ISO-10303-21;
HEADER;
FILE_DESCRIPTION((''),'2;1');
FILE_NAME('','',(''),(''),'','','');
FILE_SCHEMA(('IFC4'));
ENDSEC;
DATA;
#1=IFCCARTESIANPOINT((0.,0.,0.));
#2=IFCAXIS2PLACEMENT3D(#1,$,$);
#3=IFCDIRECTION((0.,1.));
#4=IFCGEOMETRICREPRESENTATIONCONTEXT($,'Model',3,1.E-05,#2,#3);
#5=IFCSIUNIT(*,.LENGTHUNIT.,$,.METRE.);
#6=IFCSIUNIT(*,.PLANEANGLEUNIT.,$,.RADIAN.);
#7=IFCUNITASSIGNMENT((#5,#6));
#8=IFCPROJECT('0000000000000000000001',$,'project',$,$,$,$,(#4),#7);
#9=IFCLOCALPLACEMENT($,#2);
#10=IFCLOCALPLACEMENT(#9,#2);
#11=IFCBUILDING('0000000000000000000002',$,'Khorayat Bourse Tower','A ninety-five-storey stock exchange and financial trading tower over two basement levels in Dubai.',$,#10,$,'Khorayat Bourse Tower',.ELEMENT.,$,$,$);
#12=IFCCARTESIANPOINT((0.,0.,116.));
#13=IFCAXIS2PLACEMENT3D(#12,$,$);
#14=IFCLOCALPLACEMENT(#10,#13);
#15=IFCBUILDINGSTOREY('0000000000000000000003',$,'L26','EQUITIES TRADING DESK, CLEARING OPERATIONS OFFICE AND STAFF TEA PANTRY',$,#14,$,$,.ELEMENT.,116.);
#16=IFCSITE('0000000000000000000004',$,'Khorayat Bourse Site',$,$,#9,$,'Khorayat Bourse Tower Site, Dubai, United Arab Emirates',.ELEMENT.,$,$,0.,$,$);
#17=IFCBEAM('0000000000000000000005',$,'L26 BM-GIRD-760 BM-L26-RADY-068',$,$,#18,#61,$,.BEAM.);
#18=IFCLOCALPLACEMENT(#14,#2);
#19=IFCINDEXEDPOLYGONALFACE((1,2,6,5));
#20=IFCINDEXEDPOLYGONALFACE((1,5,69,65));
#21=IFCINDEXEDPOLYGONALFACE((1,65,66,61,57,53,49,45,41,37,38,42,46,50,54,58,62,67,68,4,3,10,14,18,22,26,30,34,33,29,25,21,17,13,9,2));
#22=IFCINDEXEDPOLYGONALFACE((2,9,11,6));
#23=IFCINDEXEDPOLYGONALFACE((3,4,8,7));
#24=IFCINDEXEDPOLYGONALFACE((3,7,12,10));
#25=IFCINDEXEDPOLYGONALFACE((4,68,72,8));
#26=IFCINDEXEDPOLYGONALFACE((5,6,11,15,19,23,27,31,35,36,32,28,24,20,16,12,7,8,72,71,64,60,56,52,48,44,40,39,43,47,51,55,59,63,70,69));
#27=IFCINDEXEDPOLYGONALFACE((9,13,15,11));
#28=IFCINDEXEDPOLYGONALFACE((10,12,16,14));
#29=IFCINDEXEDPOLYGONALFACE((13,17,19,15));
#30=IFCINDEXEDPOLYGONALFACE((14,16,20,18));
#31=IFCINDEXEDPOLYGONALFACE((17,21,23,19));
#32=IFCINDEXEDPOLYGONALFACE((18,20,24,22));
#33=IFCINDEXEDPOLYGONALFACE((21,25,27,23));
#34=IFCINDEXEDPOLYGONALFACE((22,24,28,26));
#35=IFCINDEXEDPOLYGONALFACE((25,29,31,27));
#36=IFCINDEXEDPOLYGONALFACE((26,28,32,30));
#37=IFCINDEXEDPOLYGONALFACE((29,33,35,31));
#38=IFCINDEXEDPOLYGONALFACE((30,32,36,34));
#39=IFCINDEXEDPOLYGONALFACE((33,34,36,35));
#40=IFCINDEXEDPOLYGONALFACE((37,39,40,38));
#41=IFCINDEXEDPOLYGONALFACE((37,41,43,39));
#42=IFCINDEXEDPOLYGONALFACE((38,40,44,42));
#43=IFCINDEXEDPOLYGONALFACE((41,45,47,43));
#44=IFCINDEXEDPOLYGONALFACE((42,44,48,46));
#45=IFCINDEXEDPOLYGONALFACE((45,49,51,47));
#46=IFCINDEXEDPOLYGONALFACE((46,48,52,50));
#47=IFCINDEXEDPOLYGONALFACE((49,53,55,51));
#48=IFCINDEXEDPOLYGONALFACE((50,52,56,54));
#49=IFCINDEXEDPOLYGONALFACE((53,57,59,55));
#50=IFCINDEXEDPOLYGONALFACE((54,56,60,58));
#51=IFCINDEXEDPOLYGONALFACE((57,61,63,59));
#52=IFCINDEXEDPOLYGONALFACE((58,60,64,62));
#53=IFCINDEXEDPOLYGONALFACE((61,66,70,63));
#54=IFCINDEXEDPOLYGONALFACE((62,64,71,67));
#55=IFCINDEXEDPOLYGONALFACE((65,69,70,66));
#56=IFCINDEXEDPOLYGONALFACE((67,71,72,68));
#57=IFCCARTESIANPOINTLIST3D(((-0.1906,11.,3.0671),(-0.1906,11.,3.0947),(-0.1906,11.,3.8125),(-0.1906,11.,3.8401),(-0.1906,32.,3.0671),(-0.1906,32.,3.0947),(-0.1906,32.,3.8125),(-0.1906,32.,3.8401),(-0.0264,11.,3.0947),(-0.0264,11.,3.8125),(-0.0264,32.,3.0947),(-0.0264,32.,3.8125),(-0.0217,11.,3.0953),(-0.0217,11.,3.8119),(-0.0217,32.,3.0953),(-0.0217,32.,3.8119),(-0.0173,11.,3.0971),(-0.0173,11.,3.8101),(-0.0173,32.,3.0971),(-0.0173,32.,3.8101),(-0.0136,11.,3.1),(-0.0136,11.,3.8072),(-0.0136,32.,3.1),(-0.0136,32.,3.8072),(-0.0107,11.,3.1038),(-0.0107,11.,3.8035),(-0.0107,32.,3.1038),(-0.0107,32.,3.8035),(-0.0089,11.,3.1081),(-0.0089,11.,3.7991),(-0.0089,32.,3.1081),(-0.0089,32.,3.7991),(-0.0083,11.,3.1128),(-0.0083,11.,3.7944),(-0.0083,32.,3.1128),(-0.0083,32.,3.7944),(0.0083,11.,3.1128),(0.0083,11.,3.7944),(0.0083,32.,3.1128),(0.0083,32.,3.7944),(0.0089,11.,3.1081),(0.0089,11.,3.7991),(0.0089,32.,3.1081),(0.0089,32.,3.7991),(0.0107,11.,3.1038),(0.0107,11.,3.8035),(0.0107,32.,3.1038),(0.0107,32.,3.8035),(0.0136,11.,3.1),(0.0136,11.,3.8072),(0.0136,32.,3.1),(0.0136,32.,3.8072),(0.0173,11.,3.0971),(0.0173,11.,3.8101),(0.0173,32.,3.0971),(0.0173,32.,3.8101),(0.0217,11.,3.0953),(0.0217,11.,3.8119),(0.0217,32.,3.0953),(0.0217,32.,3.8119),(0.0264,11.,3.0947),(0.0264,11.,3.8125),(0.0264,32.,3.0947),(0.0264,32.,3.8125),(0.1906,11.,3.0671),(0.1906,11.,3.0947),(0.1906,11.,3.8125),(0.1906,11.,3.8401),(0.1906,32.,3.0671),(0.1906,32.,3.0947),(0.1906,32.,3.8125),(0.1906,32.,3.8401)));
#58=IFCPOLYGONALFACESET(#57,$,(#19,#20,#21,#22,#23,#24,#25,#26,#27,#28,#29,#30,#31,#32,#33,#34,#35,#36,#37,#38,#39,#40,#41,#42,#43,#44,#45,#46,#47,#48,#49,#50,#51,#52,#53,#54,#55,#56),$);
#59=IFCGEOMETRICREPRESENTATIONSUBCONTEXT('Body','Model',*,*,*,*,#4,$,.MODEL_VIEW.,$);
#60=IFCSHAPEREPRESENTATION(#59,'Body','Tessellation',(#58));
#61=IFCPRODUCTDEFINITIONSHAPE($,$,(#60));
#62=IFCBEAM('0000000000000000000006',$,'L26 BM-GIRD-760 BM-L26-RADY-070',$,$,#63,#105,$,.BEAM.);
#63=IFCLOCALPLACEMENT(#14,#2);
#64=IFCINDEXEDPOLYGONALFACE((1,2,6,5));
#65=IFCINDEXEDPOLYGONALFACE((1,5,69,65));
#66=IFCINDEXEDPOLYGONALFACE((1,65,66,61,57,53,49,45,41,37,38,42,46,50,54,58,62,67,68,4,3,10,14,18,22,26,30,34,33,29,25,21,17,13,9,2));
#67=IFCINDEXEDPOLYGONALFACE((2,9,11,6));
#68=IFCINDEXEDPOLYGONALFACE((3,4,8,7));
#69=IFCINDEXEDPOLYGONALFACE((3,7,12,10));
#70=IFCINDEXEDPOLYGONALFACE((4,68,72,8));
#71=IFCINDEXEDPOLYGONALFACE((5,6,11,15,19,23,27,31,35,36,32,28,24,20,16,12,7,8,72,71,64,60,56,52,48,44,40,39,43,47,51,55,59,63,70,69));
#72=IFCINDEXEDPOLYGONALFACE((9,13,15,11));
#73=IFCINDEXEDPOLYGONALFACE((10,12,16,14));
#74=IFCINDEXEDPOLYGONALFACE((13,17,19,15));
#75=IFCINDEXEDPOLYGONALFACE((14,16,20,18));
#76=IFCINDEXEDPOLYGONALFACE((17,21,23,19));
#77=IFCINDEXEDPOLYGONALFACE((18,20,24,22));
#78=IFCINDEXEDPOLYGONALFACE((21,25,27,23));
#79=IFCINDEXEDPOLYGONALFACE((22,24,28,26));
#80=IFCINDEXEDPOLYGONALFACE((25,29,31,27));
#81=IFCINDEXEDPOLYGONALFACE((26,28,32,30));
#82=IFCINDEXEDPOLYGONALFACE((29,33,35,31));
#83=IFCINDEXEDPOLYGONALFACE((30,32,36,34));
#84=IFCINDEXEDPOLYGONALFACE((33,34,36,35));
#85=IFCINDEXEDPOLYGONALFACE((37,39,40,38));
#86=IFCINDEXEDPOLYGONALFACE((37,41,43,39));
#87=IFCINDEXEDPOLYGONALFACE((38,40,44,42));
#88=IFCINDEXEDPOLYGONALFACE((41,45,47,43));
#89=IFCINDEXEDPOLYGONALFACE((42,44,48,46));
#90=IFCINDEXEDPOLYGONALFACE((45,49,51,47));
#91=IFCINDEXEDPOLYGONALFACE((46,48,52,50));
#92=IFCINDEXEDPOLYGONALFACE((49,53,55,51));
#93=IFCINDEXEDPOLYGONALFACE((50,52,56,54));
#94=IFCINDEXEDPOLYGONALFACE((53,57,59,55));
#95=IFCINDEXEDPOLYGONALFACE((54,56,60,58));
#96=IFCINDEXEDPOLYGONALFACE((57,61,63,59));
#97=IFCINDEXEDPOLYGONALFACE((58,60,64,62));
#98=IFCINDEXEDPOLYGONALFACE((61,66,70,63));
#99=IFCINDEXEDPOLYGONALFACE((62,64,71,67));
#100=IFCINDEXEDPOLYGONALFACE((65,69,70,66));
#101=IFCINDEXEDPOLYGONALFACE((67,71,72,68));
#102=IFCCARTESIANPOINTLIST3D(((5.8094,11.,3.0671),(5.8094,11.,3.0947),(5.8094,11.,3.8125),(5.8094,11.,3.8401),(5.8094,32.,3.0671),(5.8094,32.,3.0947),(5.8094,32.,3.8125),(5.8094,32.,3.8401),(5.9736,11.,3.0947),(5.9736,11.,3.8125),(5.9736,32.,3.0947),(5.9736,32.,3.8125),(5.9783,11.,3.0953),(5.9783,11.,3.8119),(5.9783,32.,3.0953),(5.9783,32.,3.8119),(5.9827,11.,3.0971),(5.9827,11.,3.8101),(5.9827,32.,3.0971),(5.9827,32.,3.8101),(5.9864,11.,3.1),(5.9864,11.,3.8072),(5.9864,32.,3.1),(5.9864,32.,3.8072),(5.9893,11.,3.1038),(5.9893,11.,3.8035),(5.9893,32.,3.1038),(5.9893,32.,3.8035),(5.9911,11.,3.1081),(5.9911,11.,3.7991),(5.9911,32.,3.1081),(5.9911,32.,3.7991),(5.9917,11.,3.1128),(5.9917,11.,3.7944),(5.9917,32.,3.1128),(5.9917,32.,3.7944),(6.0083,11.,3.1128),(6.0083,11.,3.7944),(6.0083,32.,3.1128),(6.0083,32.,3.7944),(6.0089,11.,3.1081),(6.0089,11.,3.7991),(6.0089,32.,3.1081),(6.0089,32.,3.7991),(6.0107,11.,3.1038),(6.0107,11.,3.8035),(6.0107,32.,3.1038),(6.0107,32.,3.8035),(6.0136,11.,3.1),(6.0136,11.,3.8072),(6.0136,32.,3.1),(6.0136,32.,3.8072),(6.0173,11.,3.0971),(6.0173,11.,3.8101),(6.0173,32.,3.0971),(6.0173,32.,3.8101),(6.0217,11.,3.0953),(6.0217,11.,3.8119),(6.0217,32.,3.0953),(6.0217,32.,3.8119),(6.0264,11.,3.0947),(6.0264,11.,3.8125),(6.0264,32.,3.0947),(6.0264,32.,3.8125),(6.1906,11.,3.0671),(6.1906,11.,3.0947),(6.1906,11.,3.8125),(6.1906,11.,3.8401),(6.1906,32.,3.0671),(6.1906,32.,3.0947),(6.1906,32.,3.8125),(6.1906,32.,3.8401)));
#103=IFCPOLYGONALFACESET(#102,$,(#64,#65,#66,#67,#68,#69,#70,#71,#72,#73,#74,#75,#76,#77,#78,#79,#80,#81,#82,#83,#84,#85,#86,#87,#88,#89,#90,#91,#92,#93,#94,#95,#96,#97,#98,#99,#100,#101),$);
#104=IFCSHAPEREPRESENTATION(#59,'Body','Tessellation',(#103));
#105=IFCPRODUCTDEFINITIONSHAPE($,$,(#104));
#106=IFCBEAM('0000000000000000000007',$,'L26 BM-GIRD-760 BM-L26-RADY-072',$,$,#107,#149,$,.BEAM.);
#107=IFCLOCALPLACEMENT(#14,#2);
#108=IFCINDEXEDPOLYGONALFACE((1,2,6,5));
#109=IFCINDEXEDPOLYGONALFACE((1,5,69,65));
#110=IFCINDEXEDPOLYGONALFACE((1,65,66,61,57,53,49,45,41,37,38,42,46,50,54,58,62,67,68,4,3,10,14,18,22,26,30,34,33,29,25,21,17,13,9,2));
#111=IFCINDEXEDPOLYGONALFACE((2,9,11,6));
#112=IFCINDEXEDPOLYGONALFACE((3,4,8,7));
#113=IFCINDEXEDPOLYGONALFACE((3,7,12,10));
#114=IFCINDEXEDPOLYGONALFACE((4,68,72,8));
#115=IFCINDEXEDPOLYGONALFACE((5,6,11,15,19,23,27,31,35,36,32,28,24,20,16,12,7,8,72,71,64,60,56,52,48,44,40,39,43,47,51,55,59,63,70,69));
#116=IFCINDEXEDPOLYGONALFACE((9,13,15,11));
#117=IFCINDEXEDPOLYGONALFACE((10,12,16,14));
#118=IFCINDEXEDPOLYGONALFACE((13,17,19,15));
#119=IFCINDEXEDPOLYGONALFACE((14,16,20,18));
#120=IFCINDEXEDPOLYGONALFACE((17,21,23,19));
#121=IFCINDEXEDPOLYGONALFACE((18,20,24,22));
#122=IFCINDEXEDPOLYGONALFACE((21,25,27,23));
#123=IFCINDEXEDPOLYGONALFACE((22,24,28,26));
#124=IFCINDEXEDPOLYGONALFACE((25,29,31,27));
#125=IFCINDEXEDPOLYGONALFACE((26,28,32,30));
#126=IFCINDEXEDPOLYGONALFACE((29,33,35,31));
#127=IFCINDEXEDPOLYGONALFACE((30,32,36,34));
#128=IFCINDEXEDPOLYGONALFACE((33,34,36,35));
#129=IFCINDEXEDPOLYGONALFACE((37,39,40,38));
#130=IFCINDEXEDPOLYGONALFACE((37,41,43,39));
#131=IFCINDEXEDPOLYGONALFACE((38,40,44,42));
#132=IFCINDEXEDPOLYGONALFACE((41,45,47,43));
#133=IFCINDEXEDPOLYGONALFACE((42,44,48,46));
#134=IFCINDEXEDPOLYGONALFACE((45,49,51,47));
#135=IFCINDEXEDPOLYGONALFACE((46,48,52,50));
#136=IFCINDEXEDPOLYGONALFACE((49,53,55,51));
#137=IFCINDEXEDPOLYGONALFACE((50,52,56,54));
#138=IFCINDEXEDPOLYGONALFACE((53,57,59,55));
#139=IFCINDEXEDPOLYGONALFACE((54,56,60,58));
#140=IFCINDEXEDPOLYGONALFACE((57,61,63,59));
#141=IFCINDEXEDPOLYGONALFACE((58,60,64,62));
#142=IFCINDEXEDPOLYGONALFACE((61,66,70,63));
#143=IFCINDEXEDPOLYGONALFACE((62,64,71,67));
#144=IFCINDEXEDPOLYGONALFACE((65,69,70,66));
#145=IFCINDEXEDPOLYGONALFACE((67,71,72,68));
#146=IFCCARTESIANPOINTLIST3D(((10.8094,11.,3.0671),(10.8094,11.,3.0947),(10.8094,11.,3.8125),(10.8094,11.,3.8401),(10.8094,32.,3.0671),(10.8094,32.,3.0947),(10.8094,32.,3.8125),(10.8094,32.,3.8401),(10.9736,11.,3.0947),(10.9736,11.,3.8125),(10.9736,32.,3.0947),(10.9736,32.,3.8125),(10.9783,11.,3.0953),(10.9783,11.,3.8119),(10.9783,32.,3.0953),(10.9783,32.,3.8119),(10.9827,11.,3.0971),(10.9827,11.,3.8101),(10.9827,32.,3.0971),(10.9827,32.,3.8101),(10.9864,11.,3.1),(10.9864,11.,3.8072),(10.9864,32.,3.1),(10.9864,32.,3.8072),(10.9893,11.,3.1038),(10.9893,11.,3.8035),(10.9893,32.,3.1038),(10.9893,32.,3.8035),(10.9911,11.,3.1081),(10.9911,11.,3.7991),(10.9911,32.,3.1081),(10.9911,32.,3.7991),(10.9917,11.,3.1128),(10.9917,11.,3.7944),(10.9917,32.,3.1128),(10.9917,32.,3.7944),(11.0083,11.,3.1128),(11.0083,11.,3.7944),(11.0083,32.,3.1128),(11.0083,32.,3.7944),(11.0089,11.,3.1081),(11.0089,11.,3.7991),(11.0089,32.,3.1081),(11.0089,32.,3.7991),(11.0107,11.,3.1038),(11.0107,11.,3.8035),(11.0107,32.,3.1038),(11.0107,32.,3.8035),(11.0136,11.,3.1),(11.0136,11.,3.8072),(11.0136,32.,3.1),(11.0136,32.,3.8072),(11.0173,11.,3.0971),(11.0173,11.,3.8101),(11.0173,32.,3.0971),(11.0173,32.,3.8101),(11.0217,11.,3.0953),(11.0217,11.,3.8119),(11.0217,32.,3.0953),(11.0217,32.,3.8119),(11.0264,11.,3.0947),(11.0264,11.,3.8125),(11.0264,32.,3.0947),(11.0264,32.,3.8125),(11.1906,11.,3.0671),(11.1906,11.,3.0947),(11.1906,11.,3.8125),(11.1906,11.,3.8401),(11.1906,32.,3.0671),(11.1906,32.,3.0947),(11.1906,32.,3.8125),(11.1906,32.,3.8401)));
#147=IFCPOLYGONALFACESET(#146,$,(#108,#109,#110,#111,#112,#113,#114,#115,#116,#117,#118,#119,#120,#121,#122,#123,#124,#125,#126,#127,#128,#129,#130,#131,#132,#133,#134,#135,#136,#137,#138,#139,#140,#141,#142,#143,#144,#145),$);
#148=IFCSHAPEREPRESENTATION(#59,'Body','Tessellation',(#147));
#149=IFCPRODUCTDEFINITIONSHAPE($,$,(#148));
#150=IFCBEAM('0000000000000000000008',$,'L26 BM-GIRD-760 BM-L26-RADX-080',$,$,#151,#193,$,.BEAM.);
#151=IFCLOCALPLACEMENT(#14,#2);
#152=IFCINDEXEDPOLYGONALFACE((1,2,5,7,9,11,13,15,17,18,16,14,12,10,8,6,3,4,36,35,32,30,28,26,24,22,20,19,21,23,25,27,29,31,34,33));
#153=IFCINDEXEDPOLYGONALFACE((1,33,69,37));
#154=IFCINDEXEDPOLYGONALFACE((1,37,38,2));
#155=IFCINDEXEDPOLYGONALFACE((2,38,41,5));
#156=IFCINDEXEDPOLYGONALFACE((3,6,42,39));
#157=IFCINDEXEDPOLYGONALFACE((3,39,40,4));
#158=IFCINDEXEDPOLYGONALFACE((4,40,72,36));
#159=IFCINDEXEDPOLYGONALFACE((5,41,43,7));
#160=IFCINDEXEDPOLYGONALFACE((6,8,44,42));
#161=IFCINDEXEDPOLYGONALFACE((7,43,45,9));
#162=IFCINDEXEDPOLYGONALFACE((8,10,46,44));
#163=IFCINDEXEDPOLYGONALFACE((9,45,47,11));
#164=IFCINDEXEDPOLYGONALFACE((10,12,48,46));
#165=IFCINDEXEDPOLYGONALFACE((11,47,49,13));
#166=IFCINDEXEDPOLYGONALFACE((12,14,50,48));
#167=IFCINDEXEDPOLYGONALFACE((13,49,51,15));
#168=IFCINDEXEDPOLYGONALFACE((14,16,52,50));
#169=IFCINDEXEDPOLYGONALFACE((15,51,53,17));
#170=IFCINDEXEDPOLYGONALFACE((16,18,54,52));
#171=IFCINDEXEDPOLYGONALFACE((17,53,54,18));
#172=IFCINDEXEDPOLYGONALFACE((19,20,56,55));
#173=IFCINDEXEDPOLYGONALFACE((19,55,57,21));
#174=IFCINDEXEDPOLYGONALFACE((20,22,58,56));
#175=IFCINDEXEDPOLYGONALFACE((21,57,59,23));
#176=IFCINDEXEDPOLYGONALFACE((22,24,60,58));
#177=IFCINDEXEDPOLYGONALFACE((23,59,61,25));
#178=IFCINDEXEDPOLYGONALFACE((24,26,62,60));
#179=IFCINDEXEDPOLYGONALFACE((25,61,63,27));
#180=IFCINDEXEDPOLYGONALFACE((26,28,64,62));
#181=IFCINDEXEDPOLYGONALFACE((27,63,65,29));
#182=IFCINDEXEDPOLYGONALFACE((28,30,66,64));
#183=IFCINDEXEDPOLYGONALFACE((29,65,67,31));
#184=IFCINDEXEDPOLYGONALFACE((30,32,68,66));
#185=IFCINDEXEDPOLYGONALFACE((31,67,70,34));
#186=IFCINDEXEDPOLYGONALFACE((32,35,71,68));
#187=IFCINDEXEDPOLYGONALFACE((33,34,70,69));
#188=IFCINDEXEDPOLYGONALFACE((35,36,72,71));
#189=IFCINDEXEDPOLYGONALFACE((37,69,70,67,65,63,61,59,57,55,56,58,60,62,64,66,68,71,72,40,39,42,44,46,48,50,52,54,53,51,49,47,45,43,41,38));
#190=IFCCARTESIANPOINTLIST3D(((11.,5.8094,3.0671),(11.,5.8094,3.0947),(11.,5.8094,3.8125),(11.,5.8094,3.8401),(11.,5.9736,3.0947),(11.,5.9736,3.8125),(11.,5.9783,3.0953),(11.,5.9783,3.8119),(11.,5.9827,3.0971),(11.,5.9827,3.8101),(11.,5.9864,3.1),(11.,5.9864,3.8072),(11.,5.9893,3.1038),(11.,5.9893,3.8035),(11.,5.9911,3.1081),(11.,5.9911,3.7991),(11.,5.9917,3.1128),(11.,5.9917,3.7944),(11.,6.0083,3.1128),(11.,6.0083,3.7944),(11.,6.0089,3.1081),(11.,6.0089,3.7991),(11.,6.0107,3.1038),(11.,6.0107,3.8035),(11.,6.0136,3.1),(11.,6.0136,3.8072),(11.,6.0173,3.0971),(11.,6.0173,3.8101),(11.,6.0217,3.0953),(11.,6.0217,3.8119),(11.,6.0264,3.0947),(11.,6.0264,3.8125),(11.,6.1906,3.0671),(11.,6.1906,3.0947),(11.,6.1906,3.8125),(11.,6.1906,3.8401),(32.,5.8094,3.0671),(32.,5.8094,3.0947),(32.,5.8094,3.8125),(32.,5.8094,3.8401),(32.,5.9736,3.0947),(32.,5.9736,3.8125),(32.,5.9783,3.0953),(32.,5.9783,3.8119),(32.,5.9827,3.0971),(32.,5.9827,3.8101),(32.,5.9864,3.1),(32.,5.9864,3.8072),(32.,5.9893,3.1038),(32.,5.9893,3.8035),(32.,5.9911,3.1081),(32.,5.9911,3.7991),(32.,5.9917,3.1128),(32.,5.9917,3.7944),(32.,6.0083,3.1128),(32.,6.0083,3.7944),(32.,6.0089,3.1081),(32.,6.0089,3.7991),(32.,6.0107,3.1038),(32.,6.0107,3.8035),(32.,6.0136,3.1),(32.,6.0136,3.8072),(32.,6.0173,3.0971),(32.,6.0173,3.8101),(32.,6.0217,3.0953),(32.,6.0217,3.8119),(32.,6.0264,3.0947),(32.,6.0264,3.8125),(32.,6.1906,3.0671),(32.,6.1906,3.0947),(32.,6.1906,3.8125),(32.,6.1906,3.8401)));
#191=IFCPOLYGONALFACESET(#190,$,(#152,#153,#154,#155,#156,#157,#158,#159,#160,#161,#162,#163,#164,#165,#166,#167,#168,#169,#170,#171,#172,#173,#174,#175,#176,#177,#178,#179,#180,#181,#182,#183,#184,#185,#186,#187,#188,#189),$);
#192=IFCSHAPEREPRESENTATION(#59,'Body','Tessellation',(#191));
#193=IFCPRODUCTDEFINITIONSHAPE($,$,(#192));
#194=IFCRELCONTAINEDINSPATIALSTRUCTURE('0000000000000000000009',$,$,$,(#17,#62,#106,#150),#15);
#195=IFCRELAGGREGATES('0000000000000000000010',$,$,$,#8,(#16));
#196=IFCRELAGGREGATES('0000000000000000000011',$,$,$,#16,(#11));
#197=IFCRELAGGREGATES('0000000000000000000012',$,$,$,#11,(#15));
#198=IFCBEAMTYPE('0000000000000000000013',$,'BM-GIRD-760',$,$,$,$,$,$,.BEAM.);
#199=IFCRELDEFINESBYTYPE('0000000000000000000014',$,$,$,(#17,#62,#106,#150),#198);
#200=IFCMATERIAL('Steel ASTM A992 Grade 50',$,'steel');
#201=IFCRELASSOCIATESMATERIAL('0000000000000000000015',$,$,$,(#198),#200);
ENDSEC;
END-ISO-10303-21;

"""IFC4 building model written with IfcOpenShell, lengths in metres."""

from ifc_helpers import new_model, si_unit, direction, frame, origin, origin_2d, place, context, subcontext, project, spatial, i_section, extrude, source, transform, mapped, material, material_profile, profile_set, type_object, element, save


model = new_model("IFC4")

# Units and contexts
model_context = context("Model", 3, precision=1e-05, world=origin(), true_north=direction((0.0, 1.0)))
body_context = subcontext(model_context, "Body", "Model", "MODEL_VIEW")
ifc_project = project(units=[si_unit("LENGTHUNIT", "METRE"), si_unit("PLANEANGLEUNIT", "RADIAN")], contexts=[model_context])

# Site, building, storey
site_placement = place(None, origin())
site = spatial("IfcSite", under=ifc_project, at=site_placement, Name="Khorayat Bourse Site", LongName="Khorayat Bourse Tower Site, Dubai, United Arab Emirates", CompositionType="ELEMENT", RefElevation=0.0)
building_placement = place(site_placement, origin())
building = spatial("IfcBuilding", under=site, at=building_placement, Name="Khorayat Bourse Tower", Description="A ninety-five-storey stock exchange and financial trading tower over two basement levels in Dubai.", LongName="Khorayat Bourse Tower", CompositionType="ELEMENT")
storey_placement = place(building_placement, frame((0.0, 0.0, 116.0)))
storey = spatial("IfcBuildingStorey", under=building, at=storey_placement, Name="L26", Description="EQUITIES TRADING DESK, CLEARING OPERATIONS OFFICE AND STAFF TEA PANTRY", CompositionType="ELEMENT", Elevation=116.0)

# Beams
ifc_material_1 = material(Name="Steel ASTM A992 Grade 50", Category="steel")
ifc_material_profile_1 = material_profile(ifc_material_1, i_section(OverallWidth=0.3811, OverallDepth=0.7729, WebThickness=0.0166, FlangeThickness=0.0276, FilletRadius=0.0181, at=origin_2d()), Name="W760X257")
ifc_profile_set_1 = profile_set([ifc_material_profile_1], Name="Steel ASTM A992 Grade 50")
beam_type_1 = type_object("IfcBeamType", Name="BM-GIRD-760", PredefinedType="BEAM", material=ifc_profile_set_1)
shared_shape_1 = source(origin(), body_context, "Body", "SweptSolid", [
    extrude(i_section(OverallWidth=0.3811, OverallDepth=0.7729, WebThickness=0.0166, FlangeThickness=0.0276, FilletRadius=0.0181, at=origin_2d()), origin(), (0.0, 0.0, 1.0), 21.0),
])
for number, where, z_axis, x_axis, name in (
    (1, (0.0, 11.0, 3.4536), (0.0, 1.0, 0.0), (-1.0, 0.0, 0.0), "L26 BM-GIRD-760 BM-L26-RADY-068"),
    (2, (6.0, 11.0, 3.4536), (0.0, 1.0, 0.0), (-1.0, 0.0, 0.0), "L26 BM-GIRD-760 BM-L26-RADY-070"),
    (3, (11.0, 11.0, 3.4536), (0.0, 1.0, 0.0), (-1.0, 0.0, 0.0), "L26 BM-GIRD-760 BM-L26-RADY-072"),
    (4, (11.0, 6.0, 3.4536), (1.0, 0.0, 0.0), (0.0, 1.0, 0.0), "L26 BM-GIRD-760 BM-L26-RADX-080"),
):
    element("IfcBeam", number, at=place(storey_placement, frame(where, z_axis=z_axis, x_axis=x_axis)), inside=storey, type_object=beam_type_1, Name=name, PredefinedType="BEAM", context=body_context, shape_type="MappedRepresentation", body=[
        mapped(shared_shape_1, transform((0.0, 0.0, 0.0), scale=1.0)),
    ])

save(model, "model.ifc")
